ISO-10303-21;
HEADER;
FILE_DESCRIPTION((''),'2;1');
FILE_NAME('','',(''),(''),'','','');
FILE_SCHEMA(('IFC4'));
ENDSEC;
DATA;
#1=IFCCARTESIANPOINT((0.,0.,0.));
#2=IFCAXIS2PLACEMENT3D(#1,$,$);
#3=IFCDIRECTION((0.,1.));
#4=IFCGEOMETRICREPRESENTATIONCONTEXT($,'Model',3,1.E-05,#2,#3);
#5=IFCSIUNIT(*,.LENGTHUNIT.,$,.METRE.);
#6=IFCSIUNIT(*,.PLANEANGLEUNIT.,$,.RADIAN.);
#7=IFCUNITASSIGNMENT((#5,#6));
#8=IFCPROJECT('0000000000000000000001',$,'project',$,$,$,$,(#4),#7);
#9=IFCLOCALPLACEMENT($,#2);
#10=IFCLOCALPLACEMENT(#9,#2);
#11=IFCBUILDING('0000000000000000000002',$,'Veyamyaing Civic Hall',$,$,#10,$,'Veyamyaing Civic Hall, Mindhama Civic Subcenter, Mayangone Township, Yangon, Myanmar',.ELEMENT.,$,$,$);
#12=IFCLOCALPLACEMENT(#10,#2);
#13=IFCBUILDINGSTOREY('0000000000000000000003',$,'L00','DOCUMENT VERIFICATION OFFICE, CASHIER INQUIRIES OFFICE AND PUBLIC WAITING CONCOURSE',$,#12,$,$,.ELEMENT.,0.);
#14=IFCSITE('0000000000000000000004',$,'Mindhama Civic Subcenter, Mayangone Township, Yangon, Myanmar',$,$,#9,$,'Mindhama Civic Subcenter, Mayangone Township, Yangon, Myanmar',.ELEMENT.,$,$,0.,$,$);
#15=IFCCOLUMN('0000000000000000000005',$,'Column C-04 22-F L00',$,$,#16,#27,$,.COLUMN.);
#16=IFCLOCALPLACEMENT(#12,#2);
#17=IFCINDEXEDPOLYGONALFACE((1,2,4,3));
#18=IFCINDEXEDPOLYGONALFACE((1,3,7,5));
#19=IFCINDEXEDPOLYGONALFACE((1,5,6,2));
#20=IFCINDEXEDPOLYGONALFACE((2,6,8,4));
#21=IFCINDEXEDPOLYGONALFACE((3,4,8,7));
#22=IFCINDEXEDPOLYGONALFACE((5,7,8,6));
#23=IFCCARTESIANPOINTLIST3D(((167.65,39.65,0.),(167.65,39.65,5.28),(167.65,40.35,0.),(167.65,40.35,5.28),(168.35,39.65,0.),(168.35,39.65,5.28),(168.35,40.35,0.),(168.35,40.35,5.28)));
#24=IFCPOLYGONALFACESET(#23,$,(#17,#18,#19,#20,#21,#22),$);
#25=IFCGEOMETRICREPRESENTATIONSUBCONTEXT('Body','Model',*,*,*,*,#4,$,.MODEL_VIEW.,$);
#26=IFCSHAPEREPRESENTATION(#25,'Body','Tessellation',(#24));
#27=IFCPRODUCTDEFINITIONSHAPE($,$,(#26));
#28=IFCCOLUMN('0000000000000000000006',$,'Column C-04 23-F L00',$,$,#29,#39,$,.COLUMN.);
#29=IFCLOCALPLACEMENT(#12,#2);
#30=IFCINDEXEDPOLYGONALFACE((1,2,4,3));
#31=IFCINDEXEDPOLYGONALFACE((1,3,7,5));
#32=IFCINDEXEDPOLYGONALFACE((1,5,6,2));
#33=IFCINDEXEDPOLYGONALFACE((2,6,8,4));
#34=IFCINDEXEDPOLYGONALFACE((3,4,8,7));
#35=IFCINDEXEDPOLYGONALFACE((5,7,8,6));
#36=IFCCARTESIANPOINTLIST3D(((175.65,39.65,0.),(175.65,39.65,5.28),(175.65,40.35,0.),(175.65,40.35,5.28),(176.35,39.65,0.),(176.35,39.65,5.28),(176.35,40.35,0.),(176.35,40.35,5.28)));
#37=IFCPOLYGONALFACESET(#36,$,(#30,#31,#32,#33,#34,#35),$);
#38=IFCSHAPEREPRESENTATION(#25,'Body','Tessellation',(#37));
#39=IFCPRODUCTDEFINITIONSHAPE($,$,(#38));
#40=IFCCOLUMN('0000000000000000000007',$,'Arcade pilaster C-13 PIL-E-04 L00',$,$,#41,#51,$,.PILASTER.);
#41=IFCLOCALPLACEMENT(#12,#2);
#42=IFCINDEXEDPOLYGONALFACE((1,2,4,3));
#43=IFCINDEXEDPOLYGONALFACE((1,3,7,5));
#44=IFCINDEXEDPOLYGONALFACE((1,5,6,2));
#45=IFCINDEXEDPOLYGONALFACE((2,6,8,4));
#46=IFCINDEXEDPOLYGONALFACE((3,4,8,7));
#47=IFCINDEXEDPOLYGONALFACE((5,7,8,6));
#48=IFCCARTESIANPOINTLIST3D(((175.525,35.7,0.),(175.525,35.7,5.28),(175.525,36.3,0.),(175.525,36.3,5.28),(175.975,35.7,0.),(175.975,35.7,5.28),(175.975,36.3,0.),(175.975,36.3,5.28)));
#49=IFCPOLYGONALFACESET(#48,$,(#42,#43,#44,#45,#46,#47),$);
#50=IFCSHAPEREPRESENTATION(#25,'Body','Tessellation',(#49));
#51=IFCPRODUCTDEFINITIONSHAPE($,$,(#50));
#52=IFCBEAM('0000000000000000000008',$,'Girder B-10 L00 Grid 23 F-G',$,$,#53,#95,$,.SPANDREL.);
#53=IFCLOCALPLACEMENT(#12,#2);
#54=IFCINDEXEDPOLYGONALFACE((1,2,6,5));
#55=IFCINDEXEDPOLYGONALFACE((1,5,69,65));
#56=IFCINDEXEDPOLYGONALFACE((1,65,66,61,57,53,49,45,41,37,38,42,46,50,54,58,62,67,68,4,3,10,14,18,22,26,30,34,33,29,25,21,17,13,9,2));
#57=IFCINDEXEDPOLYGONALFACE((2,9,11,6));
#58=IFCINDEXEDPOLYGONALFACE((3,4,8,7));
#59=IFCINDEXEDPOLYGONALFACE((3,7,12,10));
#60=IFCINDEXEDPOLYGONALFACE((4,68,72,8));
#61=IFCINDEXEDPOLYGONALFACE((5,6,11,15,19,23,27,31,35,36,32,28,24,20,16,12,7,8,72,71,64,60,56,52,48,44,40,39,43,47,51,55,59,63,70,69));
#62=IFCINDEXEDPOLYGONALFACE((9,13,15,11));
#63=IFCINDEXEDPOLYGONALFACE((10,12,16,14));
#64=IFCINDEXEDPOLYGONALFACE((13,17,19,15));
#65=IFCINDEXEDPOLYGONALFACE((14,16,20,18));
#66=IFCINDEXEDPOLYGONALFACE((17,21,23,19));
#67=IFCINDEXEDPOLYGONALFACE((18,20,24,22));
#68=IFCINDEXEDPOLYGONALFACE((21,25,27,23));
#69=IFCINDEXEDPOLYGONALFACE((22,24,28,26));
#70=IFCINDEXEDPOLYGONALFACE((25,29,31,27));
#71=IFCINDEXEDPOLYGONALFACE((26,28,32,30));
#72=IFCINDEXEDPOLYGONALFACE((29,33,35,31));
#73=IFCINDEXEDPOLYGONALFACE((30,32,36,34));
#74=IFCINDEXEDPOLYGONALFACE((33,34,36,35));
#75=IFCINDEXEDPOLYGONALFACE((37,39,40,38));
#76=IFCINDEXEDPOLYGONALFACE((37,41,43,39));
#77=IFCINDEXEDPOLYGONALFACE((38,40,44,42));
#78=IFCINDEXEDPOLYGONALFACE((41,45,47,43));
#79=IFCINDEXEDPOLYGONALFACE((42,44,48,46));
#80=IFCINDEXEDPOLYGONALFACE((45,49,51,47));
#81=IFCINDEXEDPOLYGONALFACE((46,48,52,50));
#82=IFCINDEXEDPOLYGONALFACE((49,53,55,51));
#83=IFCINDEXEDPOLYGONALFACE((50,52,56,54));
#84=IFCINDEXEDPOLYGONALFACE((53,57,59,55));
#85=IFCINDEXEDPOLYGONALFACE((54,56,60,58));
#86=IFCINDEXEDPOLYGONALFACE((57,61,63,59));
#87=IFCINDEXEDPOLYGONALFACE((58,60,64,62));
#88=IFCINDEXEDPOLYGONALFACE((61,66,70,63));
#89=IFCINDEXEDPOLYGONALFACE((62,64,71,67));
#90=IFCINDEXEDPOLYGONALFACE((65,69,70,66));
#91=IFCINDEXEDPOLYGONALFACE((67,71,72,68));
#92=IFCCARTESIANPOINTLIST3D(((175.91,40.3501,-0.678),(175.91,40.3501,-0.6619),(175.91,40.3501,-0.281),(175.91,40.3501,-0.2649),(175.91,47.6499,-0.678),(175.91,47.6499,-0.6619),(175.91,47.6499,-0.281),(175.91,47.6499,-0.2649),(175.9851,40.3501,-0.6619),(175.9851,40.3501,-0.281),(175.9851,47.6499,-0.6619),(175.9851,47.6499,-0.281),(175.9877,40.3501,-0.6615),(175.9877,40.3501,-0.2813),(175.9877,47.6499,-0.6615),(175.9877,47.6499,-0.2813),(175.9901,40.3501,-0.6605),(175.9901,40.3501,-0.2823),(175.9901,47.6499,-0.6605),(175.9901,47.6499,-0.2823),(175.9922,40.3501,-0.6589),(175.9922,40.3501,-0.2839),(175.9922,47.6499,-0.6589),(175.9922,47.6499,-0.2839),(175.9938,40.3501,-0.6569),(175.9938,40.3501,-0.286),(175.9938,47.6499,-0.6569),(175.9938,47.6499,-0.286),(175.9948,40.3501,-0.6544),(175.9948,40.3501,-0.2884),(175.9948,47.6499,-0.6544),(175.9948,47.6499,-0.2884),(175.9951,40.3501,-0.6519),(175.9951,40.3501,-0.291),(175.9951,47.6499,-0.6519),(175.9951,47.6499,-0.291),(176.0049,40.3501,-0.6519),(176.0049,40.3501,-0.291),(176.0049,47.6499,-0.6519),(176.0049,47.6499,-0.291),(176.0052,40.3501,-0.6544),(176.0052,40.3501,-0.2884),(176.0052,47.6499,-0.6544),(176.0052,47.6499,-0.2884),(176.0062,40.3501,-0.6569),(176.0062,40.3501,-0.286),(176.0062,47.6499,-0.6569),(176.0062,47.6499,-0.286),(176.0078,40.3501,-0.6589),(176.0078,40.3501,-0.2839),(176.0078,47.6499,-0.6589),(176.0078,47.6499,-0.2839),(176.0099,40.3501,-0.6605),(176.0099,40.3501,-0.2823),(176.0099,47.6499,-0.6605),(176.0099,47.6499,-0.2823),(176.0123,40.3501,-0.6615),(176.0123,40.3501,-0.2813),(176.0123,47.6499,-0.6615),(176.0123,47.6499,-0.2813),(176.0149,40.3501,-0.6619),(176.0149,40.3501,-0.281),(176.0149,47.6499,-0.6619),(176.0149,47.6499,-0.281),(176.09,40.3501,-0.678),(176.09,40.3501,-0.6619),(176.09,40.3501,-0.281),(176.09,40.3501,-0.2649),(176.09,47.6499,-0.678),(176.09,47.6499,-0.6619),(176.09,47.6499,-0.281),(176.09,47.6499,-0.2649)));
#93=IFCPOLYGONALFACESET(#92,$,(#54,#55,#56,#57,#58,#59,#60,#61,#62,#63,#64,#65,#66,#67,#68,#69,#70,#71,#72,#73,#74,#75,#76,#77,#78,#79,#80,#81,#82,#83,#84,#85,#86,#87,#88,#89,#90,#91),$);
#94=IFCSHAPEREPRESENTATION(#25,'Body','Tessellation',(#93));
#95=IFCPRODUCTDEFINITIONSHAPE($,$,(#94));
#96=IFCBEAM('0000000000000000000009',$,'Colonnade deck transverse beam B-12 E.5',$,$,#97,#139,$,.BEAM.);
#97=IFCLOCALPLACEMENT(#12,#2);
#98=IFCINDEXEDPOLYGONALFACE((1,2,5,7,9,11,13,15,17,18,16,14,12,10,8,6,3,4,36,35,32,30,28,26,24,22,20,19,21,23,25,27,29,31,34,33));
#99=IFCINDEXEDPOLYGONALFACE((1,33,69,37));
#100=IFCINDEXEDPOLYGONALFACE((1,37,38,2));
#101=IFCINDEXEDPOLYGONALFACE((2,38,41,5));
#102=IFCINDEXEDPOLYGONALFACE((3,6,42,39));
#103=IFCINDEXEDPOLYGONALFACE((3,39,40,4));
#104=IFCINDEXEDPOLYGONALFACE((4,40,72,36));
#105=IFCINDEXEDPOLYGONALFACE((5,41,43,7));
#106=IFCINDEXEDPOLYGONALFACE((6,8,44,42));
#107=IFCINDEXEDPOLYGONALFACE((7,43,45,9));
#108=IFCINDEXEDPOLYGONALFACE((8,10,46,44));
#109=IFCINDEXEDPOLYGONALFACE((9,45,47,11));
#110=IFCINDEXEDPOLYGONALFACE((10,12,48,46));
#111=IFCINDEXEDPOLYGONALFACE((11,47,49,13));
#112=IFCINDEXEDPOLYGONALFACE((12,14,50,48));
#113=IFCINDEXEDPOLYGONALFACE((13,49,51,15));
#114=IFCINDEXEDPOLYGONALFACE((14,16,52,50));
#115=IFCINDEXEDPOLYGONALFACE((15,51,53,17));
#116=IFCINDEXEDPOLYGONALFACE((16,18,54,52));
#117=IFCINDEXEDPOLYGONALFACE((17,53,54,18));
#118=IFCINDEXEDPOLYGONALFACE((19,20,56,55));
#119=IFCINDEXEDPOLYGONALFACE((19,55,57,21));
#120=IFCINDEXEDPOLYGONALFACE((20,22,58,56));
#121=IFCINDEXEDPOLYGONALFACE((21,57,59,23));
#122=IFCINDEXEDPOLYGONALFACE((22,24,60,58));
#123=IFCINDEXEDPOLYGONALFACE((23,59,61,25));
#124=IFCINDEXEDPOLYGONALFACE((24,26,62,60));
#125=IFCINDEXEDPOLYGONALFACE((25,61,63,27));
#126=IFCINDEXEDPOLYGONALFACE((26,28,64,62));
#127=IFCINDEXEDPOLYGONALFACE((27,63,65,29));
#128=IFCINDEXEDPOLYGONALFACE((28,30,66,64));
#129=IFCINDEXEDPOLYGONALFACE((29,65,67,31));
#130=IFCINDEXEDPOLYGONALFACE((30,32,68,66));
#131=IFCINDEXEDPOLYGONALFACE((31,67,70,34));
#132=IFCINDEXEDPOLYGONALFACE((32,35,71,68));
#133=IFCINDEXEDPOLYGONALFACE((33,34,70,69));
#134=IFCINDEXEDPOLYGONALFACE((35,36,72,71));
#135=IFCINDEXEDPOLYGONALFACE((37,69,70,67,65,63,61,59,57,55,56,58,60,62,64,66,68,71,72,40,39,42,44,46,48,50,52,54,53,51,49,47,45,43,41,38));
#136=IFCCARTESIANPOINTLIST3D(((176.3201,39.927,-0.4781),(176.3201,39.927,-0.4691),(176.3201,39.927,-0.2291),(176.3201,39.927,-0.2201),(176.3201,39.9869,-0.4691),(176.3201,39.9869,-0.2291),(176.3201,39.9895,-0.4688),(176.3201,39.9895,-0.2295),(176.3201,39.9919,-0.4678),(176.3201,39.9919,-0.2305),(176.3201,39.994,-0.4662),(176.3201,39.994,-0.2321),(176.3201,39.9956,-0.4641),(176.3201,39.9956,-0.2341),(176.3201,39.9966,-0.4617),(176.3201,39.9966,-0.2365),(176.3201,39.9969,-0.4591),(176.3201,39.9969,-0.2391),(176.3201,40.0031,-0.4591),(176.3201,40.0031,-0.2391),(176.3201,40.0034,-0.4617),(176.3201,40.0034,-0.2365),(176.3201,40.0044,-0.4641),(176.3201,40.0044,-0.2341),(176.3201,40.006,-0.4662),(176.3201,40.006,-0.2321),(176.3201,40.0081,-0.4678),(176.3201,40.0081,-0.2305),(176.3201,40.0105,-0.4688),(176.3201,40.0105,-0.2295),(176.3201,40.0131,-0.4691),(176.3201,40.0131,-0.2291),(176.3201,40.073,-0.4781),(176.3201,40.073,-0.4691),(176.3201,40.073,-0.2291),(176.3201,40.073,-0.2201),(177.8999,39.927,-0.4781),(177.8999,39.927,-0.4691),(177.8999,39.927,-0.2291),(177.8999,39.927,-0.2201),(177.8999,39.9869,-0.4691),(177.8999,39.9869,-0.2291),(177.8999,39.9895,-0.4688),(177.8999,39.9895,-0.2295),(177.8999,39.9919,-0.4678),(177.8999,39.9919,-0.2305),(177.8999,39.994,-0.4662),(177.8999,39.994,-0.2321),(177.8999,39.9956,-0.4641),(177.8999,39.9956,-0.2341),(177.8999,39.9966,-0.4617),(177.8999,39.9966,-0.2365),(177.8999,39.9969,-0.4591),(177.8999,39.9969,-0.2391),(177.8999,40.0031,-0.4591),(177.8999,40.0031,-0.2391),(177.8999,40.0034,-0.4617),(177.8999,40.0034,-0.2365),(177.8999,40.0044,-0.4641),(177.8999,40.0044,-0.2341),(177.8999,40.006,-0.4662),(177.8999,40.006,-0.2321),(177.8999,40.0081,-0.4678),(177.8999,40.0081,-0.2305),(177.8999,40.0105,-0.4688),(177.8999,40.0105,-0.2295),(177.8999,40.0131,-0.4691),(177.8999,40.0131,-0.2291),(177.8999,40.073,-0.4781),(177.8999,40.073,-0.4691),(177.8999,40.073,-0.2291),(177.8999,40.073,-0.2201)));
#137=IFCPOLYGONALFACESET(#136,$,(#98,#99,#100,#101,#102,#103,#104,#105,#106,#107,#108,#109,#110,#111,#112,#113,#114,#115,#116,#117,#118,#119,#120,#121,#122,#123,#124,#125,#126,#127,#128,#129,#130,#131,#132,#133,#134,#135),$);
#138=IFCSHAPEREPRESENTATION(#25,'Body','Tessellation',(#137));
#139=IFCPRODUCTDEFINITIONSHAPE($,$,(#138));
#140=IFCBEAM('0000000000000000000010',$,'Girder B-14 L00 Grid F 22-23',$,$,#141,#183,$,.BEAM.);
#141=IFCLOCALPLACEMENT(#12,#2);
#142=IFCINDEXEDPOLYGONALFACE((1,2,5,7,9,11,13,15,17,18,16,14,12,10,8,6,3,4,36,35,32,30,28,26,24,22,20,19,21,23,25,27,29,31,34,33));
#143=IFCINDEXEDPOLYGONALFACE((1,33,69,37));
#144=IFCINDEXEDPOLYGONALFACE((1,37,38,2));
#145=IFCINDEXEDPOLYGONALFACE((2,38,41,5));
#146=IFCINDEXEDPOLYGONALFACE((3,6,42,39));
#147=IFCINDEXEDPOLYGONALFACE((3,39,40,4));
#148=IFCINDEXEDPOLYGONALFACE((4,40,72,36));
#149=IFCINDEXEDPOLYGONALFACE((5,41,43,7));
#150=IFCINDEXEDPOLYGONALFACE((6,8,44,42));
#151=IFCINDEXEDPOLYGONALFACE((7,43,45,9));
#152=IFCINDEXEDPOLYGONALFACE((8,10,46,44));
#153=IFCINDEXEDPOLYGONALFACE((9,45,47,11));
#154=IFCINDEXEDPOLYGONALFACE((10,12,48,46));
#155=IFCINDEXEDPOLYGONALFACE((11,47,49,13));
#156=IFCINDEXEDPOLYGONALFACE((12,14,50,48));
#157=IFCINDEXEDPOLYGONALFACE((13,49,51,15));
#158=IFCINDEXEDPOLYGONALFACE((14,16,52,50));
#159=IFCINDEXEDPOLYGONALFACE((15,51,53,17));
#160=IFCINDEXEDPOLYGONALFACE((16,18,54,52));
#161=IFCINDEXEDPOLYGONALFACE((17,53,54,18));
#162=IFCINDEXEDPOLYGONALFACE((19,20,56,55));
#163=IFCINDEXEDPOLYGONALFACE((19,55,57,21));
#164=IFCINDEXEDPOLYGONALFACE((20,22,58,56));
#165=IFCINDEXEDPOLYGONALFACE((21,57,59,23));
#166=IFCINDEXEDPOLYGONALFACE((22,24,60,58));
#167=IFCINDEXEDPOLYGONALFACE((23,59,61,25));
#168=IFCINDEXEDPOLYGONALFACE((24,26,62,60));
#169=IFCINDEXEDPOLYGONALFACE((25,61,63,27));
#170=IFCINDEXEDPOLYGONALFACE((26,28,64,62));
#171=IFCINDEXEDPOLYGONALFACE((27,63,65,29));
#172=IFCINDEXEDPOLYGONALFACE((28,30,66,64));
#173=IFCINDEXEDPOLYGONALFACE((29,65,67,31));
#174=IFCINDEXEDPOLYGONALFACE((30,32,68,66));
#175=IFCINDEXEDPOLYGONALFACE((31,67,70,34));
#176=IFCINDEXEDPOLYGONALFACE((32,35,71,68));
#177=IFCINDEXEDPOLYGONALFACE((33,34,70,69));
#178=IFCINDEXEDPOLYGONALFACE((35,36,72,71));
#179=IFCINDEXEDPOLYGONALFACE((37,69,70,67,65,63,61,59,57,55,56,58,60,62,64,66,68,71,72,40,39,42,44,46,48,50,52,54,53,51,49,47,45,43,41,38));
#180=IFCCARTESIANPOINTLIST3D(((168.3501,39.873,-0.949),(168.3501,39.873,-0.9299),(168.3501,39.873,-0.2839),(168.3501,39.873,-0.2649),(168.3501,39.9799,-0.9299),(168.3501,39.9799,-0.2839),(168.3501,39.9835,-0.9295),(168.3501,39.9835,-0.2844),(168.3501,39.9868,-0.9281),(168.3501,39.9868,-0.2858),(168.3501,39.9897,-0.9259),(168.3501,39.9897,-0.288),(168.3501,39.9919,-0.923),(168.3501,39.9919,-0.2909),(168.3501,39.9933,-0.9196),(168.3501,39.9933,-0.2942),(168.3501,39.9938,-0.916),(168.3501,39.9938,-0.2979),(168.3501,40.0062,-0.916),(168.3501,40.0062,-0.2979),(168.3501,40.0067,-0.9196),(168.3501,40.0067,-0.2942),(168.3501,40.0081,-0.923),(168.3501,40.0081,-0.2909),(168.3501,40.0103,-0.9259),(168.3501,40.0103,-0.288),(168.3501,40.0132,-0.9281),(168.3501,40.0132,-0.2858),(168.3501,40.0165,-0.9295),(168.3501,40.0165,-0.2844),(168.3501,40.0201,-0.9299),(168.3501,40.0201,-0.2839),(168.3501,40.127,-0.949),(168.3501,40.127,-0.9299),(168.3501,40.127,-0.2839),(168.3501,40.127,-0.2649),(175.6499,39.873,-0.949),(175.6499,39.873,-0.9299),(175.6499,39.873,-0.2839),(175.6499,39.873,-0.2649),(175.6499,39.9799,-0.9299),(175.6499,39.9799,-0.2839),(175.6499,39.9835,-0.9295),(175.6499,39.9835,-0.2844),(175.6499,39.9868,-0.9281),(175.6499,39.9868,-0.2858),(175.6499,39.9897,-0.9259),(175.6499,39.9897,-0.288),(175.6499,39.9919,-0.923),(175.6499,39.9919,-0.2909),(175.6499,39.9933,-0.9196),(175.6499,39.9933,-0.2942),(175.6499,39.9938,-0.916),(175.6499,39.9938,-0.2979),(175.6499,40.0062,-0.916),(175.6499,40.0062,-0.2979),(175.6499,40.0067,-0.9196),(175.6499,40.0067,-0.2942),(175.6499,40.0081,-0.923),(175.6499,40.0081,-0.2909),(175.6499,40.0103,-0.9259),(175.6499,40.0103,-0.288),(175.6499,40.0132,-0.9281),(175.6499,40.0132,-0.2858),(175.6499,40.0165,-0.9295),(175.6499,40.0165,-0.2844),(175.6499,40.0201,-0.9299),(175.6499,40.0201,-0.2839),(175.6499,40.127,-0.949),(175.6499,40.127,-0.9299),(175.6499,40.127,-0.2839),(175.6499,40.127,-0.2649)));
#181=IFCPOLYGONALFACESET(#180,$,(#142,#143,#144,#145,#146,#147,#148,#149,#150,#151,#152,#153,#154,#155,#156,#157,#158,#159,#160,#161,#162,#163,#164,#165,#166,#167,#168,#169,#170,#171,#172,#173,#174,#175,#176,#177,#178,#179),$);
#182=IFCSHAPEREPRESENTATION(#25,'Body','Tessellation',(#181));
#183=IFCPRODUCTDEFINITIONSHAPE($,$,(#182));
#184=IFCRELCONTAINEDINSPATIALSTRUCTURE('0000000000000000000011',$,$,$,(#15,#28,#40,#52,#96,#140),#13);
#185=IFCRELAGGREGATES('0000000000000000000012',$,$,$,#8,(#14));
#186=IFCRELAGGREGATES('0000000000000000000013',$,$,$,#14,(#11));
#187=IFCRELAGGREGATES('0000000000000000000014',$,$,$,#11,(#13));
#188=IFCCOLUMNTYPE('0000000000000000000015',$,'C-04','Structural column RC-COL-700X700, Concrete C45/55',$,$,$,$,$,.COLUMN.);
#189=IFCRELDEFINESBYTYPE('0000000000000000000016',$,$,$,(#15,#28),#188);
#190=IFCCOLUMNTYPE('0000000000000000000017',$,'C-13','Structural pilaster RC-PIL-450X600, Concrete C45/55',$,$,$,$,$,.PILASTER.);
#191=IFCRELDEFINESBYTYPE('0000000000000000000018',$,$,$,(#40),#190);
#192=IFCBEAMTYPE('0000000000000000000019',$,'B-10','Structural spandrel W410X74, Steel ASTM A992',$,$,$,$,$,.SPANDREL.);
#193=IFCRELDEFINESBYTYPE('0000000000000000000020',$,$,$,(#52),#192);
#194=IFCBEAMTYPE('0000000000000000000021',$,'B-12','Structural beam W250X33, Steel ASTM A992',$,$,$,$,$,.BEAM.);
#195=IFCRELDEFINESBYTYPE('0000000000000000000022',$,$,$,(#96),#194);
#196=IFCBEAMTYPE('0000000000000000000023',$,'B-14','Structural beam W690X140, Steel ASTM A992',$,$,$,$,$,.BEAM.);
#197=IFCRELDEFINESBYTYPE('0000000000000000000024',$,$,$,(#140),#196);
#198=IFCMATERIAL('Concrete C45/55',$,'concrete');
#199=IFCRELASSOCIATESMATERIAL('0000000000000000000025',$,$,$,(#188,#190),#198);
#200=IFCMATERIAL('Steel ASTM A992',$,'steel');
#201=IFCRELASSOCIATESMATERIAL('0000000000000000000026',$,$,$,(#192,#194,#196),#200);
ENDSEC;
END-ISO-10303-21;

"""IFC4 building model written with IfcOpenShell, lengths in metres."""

from ifc_helpers import new_model, si_unit, direction, frame, origin, origin_2d, place, context, subcontext, project, spatial, rectangle, i_section, extrude, material, material_profile, profile_set, type_object, element, save


model = new_model("IFC4")

# Units and contexts
model_context = context("Model", 3, precision=1e-05, world=origin(), true_north=direction((0.0, 1.0)))
body_context = subcontext(model_context, "Body", "Model", "MODEL_VIEW")
ifc_project = project(units=[si_unit("LENGTHUNIT", "METRE"), si_unit("PLANEANGLEUNIT", "RADIAN")], contexts=[model_context])

# Site, building, storey
site_placement = place(None, origin())
site = spatial("IfcSite", under=ifc_project, at=site_placement, Name="Mindhama Civic Subcenter, Mayangone Township, Yangon, Myanmar", LongName="Mindhama Civic Subcenter, Mayangone Township, Yangon, Myanmar", CompositionType="ELEMENT", RefElevation=0.0)
building_placement = place(site_placement, origin())
building = spatial("IfcBuilding", under=site, at=building_placement, Name="Veyamyaing Civic Hall", LongName="Veyamyaing Civic Hall, Mindhama Civic Subcenter, Mayangone Township, Yangon, Myanmar", CompositionType="ELEMENT")
storey_placement = place(building_placement, origin())
storey = spatial("IfcBuildingStorey", under=building, at=storey_placement, Name="L00", Description="DOCUMENT VERIFICATION OFFICE, CASHIER INQUIRIES OFFICE AND PUBLIC WAITING CONCOURSE", CompositionType="ELEMENT", Elevation=0.0)

# Columns
ifc_material_1 = material(Name="Concrete C45/55", Category="concrete")
ifc_material_profile_1 = material_profile(ifc_material_1, rectangle(XDim=0.7, YDim=0.7, at=origin_2d()), Name="RC-COL-700X700")
ifc_profile_set_1 = profile_set([ifc_material_profile_1], Name="Concrete C45/55")
column_type_1 = type_object("IfcColumnType", Name="C-04", Description="Structural column RC-COL-700X700, Concrete C45/55", PredefinedType="COLUMN", material=ifc_profile_set_1)
for number, where, z_axis, x_axis, name in (
    (1, (168.0, 40.0, 0.0), (0.0, 0.0, 1.0), (1.0, 0.0, 0.0), "Column C-04 22-F L00"),
    (2, (176.0, 40.0, 0.0), (0.0, 0.0, 1.0), (1.0, 0.0, 0.0), "Column C-04 23-F L00"),
):
    element("IfcColumn", number, at=place(storey_placement, frame(where, z_axis=z_axis, x_axis=x_axis)), inside=storey, type_object=column_type_1, Name=name, PredefinedType="COLUMN", context=body_context, shape_type="SweptSolid", body=[
        extrude(rectangle(XDim=0.7, YDim=0.7, at=origin_2d()), origin(), (0.0, 0.0, 1.0), 5.28),
    ])
ifc_material_profile_2 = material_profile(ifc_material_1, rectangle(XDim=0.45, YDim=0.6001, at=origin_2d()), Name="RC-PIL-450X600")
ifc_profile_set_2 = profile_set([ifc_material_profile_2], Name="Concrete C45/55")
column_type_2 = type_object("IfcColumnType", Name="C-13", Description="Structural pilaster RC-PIL-450X600, Concrete C45/55", PredefinedType="PILASTER", material=ifc_profile_set_2)
column_placement = place(storey_placement, frame((175.75, 36.0, 0.0), z_axis=(0.0, 0.0, 1.0), x_axis=(1.0, 0.0, 0.0)))
element("IfcColumn", 3, at=column_placement, inside=storey, type_object=column_type_2, Name="Arcade pilaster C-13 PIL-E-04 L00", PredefinedType="PILASTER", context=body_context, shape_type="SweptSolid", body=[
    extrude(rectangle(XDim=0.45, YDim=0.6001, at=origin_2d()), origin(), (0.0, 0.0, 1.0), 5.28),
])

# Beams
ifc_material_2 = material(Name="Steel ASTM A992", Category="steel")
ifc_material_profile_3 = material_profile(ifc_material_2, i_section(OverallWidth=0.1799, OverallDepth=0.4131, WebThickness=0.0098, FlangeThickness=0.0161, FilletRadius=0.01, at=origin_2d()), Name="W410X74")
ifc_profile_set_3 = profile_set([ifc_material_profile_3], Name="Steel ASTM A992")
beam_type_1 = type_object("IfcBeamType", Name="B-10", Description="Structural spandrel W410X74, Steel ASTM A992", PredefinedType="SPANDREL", material=ifc_profile_set_3)
beam_1_placement = place(storey_placement, frame((176.0, 40.3501, -0.4714), z_axis=(0.0, 1.0, 0.0), x_axis=(-1.0, 0.0, 0.0)))
element("IfcBeam", 4, at=beam_1_placement, inside=storey, type_object=beam_type_1, Name="Girder B-10 L00 Grid 23 F-G", PredefinedType="SPANDREL", context=body_context, shape_type="SweptSolid", body=[
    extrude(i_section(OverallWidth=0.1799, OverallDepth=0.4131, WebThickness=0.0098, FlangeThickness=0.0161, FilletRadius=0.01, at=origin_2d()), origin(), (0.0, 0.0, 1.0), 7.2998),
])
ifc_material_profile_4 = material_profile(ifc_material_2, i_section(OverallWidth=0.146, OverallDepth=0.2581, WebThickness=0.0061, FlangeThickness=0.009, FilletRadius=0.01, at=origin_2d()), Name="W250X33")
ifc_profile_set_4 = profile_set([ifc_material_profile_4], Name="Steel ASTM A992")
beam_type_2 = type_object("IfcBeamType", Name="B-12", Description="Structural beam W250X33, Steel ASTM A992", PredefinedType="BEAM", material=ifc_profile_set_4)
beam_2_placement = place(storey_placement, frame((176.3201, 40.0, -0.3491), z_axis=(1.0, 0.0, 0.0), x_axis=(0.0, 1.0, 0.0)))
element("IfcBeam", 5, at=beam_2_placement, inside=storey, type_object=beam_type_2, Name="Colonnade deck transverse beam B-12 E.5", PredefinedType="BEAM", context=body_context, shape_type="SweptSolid", body=[
    extrude(i_section(OverallWidth=0.146, OverallDepth=0.2581, WebThickness=0.0061, FlangeThickness=0.009, FilletRadius=0.01, at=origin_2d()), origin(), (0.0, 0.0, 1.0), 1.5798),
])
ifc_material_profile_5 = material_profile(ifc_material_2, i_section(OverallWidth=0.2539, OverallDepth=0.6841, WebThickness=0.0125, FlangeThickness=0.019, FilletRadius=0.0139, at=origin_2d()), Name="W690X140")
ifc_profile_set_5 = profile_set([ifc_material_profile_5], Name="Steel ASTM A992")
beam_type_3 = type_object("IfcBeamType", Name="B-14", Description="Structural beam W690X140, Steel ASTM A992", PredefinedType="BEAM", material=ifc_profile_set_5)
beam_3_placement = place(storey_placement, frame((168.3501, 40.0, -0.6069), z_axis=(1.0, 0.0, 0.0), x_axis=(0.0, 1.0, 0.0)))
element("IfcBeam", 6, at=beam_3_placement, inside=storey, type_object=beam_type_3, Name="Girder B-14 L00 Grid F 22-23", PredefinedType="BEAM", context=body_context, shape_type="SweptSolid", body=[
    extrude(i_section(OverallWidth=0.2539, OverallDepth=0.6841, WebThickness=0.0125, FlangeThickness=0.019, FilletRadius=0.0139, at=origin_2d()), origin(), (0.0, 0.0, 1.0), 7.2998),
])

save(model, "model.ifc")
